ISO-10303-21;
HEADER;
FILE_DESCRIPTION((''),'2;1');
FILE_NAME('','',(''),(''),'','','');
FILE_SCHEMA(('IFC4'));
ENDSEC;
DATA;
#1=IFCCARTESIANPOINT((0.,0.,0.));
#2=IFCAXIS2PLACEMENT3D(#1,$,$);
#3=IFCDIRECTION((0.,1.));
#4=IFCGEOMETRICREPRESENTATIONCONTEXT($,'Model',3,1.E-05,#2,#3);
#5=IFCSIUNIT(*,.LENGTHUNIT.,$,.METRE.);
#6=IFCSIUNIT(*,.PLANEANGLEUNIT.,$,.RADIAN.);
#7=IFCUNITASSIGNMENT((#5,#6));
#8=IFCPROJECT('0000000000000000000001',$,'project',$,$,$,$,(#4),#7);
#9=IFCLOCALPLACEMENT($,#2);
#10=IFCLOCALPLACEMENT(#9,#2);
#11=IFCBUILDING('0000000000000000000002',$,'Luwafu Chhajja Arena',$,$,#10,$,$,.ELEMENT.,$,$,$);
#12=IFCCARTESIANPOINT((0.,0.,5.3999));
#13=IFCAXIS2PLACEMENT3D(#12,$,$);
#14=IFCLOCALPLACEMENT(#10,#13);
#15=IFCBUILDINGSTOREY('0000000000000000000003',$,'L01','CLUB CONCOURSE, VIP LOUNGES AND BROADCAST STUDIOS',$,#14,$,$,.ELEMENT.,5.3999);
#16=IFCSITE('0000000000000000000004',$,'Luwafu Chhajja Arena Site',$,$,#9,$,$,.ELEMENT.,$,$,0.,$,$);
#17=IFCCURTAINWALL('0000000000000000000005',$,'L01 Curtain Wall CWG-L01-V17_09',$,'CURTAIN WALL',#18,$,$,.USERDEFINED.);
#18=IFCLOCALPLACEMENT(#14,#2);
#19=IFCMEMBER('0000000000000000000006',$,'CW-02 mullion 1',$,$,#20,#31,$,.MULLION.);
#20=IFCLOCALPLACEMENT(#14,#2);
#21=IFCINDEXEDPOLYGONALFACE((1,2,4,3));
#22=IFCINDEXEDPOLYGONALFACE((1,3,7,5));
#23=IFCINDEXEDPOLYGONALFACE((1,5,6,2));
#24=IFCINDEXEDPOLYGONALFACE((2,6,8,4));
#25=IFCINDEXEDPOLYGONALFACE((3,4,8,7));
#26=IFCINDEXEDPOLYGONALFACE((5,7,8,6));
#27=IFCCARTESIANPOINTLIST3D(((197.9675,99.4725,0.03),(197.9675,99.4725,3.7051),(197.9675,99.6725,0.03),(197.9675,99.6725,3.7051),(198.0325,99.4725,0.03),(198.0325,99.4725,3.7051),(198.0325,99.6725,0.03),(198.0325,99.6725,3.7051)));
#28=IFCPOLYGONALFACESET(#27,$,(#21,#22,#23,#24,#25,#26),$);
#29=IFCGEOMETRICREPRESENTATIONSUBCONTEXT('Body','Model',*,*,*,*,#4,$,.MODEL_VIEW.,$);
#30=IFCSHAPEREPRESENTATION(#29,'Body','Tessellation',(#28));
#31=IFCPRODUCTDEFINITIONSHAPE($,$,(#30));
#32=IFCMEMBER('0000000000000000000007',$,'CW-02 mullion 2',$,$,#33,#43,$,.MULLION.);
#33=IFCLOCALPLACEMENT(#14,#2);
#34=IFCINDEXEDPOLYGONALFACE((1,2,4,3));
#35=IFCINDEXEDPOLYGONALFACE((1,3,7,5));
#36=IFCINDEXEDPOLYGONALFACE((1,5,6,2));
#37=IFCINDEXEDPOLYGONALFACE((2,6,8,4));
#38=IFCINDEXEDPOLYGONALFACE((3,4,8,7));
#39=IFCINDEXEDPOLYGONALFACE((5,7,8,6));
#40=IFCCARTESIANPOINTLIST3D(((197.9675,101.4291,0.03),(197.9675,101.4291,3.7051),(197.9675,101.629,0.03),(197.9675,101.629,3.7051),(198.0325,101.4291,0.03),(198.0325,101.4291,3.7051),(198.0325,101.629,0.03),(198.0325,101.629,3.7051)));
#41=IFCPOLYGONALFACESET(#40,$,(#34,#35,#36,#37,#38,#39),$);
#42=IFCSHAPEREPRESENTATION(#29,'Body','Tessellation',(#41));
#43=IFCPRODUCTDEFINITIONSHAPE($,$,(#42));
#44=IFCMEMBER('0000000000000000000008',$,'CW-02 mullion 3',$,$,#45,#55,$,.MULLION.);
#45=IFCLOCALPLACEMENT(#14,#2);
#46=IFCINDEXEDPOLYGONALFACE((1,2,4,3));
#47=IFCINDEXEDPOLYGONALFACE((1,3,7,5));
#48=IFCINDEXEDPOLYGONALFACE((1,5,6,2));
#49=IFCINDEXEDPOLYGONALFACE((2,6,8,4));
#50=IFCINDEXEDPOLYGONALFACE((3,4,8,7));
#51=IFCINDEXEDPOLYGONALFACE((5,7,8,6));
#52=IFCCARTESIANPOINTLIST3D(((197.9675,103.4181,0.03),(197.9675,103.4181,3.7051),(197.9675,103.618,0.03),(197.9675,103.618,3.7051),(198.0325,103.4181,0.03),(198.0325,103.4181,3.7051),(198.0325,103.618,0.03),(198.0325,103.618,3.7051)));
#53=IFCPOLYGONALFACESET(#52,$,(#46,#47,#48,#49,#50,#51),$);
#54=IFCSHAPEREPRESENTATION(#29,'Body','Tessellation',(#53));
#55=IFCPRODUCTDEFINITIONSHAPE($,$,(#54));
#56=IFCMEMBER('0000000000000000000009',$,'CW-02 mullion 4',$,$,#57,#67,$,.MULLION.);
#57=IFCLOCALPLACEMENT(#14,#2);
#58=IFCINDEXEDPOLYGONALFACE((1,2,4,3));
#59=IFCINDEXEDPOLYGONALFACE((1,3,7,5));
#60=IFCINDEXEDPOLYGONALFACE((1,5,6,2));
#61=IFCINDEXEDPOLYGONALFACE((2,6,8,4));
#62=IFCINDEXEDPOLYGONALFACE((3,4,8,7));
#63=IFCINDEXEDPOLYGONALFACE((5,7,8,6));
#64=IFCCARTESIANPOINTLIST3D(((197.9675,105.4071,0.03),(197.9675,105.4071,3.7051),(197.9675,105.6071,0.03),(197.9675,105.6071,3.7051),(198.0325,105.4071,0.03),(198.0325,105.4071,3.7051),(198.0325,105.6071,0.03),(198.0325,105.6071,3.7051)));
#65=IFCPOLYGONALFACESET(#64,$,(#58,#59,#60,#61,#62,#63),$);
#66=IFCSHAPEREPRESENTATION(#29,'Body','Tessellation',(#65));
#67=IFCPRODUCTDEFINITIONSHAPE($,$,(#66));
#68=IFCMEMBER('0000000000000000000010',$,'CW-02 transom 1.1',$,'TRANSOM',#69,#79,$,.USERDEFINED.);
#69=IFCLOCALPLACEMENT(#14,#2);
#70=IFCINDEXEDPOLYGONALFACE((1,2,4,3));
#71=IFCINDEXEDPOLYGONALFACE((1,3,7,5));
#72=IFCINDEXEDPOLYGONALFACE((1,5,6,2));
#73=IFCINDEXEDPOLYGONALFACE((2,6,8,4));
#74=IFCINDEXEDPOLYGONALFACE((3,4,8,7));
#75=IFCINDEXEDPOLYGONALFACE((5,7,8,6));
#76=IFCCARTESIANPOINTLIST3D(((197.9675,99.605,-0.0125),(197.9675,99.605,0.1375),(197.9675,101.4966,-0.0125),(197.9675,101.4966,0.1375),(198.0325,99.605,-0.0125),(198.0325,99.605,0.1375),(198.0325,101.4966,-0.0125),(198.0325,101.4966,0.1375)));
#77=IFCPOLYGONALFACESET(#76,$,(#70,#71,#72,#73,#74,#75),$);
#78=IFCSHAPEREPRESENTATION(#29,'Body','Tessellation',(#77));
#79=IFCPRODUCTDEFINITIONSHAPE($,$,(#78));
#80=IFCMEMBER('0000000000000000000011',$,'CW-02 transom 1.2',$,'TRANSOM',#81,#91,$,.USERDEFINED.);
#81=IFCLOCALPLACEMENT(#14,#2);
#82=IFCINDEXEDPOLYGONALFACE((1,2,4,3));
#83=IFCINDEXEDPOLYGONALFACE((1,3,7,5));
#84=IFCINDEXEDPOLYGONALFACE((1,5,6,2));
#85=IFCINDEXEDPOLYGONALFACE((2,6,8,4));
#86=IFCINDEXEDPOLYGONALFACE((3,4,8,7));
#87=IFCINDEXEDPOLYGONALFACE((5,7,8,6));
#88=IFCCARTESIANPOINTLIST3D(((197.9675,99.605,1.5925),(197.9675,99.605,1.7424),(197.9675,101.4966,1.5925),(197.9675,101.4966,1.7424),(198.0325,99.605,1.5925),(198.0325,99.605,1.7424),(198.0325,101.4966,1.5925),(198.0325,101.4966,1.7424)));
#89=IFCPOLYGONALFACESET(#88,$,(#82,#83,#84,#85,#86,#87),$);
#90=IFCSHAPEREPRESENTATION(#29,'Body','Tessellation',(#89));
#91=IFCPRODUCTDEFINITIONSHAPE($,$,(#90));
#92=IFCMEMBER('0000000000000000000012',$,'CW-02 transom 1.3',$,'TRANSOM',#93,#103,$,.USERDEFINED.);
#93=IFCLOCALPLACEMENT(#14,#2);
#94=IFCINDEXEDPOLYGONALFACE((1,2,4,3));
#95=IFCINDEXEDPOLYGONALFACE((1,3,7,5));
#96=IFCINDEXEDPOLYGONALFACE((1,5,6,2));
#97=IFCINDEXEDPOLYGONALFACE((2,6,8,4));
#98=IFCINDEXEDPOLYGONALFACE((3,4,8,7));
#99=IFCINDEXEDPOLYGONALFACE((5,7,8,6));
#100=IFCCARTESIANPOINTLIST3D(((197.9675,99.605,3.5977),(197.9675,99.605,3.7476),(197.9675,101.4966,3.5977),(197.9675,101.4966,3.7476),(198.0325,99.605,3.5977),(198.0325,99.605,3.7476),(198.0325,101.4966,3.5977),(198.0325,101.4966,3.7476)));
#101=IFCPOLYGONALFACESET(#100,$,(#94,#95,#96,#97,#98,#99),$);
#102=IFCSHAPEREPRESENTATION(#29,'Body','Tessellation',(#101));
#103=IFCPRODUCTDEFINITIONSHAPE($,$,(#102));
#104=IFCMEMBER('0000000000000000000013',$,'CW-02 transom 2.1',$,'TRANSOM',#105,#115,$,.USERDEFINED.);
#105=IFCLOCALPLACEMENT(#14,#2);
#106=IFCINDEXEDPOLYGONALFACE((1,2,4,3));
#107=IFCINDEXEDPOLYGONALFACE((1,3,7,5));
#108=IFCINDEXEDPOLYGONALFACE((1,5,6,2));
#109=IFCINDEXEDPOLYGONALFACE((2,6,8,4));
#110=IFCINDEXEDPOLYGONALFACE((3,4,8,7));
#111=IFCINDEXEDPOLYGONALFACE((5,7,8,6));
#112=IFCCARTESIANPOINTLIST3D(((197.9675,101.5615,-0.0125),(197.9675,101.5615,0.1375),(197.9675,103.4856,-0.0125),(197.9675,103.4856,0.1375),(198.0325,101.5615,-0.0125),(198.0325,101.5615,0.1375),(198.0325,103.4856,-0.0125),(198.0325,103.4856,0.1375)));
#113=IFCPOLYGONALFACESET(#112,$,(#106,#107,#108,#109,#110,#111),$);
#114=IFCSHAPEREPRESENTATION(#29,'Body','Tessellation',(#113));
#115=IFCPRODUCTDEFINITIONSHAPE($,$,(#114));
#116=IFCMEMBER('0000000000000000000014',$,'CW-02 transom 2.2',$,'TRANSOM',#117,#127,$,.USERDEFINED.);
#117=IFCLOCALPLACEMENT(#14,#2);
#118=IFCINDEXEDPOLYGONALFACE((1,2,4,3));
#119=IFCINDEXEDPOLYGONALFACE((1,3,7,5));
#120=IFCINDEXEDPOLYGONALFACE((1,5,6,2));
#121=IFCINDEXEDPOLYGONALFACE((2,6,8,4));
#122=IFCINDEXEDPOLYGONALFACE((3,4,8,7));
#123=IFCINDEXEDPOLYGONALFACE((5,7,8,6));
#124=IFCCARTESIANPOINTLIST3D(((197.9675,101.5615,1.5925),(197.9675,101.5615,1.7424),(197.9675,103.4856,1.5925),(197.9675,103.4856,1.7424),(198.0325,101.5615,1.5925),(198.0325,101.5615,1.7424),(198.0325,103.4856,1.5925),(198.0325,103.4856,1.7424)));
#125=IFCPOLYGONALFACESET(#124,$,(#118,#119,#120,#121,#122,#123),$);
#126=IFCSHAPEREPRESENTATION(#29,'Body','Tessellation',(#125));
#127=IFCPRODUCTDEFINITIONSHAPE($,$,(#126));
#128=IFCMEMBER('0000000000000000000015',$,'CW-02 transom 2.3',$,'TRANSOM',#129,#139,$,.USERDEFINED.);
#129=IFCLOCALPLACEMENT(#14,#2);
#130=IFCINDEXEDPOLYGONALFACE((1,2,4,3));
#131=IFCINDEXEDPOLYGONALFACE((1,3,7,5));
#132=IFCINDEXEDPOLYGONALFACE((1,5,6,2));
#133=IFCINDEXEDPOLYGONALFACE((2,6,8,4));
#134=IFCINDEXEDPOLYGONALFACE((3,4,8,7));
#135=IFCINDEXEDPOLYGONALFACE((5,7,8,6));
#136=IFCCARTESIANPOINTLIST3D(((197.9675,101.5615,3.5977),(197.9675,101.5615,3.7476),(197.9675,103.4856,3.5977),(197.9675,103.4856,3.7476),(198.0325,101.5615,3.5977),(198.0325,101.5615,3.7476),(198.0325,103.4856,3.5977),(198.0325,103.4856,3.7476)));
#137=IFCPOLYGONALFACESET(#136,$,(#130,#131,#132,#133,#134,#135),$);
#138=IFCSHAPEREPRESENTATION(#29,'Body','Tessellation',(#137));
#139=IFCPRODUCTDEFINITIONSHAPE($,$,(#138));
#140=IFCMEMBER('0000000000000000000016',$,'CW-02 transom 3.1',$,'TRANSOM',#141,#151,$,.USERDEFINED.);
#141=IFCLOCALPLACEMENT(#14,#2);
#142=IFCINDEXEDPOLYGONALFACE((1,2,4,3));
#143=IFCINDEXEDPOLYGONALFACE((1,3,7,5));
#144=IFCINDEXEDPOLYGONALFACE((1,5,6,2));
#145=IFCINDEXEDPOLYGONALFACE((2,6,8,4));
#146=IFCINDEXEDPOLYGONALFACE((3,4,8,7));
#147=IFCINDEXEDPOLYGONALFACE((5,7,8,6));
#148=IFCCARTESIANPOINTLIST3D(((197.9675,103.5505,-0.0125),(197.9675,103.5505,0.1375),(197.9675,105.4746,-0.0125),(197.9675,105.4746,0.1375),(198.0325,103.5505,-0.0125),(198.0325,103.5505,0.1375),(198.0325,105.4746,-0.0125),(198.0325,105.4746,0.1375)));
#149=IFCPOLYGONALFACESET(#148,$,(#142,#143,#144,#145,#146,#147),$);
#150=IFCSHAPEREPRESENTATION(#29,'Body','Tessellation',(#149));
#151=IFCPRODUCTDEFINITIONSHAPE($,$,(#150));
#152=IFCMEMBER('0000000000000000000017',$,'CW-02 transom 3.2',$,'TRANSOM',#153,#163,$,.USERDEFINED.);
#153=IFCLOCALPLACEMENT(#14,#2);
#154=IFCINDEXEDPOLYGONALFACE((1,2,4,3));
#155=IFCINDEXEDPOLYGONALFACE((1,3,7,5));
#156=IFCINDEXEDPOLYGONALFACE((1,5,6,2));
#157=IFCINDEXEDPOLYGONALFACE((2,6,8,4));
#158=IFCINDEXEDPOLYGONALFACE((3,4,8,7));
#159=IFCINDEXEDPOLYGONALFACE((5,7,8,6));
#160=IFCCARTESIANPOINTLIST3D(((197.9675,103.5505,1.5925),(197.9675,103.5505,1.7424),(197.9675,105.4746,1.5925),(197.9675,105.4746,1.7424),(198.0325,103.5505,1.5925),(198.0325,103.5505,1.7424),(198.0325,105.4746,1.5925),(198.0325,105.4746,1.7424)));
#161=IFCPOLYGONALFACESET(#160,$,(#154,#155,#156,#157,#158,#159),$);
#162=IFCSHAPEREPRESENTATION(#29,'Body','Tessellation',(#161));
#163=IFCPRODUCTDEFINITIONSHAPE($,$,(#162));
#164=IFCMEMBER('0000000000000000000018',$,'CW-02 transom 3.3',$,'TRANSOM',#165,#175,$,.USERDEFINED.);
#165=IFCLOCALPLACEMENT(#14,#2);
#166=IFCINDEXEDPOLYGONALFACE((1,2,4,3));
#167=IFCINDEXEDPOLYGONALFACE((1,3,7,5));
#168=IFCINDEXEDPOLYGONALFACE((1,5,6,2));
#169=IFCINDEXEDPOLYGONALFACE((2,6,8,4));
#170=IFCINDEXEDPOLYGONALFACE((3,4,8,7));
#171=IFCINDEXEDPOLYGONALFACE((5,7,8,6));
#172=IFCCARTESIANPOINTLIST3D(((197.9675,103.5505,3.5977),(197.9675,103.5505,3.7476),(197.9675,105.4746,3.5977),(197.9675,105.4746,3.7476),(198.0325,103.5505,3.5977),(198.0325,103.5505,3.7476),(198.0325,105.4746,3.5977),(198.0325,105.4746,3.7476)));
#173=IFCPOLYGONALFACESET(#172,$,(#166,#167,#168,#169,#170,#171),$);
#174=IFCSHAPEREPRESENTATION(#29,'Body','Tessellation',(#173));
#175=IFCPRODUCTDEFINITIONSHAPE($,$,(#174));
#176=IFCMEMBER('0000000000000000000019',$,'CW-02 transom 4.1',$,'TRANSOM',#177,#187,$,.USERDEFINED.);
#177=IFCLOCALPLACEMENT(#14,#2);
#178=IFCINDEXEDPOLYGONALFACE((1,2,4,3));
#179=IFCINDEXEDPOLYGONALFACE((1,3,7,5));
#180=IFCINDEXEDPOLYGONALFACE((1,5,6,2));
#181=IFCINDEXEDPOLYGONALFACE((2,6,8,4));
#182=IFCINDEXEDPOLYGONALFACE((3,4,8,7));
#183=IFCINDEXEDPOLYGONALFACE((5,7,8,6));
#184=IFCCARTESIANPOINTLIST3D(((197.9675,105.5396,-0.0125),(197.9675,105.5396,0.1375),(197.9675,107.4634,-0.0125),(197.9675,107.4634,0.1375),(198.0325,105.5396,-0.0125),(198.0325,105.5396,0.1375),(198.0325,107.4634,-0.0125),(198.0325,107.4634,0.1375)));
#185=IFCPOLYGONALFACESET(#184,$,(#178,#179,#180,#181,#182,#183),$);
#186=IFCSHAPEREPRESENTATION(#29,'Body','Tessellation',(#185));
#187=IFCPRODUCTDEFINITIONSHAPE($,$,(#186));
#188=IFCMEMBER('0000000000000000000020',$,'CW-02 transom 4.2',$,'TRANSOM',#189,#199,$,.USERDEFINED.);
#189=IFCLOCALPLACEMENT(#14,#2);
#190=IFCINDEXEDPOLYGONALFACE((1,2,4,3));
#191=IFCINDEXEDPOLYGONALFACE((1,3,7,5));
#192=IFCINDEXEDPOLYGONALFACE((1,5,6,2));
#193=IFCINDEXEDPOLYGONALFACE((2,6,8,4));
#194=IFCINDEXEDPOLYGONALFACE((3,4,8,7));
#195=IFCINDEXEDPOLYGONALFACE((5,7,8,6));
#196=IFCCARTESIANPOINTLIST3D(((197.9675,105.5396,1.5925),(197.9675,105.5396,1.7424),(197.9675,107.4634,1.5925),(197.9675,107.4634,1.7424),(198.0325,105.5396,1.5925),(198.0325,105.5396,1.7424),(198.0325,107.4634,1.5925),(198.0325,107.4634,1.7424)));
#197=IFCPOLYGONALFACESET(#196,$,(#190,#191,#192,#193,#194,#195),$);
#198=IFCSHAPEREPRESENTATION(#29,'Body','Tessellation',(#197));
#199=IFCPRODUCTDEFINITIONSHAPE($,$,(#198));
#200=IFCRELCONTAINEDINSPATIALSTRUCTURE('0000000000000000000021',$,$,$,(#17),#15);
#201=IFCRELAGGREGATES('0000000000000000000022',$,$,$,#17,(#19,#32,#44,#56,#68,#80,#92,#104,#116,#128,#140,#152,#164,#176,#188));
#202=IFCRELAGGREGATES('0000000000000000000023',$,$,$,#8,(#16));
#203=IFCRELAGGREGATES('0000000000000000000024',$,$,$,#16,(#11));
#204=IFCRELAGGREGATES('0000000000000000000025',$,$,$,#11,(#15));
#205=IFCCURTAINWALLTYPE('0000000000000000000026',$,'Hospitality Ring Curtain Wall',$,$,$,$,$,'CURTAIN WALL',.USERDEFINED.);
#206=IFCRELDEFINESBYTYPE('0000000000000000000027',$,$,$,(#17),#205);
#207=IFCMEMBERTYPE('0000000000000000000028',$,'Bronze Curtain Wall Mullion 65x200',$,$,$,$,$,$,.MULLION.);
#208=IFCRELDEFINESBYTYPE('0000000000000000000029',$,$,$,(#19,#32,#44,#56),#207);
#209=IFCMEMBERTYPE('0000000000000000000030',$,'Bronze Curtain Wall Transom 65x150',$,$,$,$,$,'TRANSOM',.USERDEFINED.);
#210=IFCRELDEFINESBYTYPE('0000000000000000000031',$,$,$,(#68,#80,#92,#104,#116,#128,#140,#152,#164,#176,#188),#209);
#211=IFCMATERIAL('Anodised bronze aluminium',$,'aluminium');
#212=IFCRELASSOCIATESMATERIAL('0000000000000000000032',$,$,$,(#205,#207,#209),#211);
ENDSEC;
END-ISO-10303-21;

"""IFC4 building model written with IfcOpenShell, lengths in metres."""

from ifc_helpers import new_model, si_unit, direction, frame, origin, origin_2d, place, context, subcontext, project, spatial, rectangle, extrude, material, material_profile, profile_set, type_object, element, aggregate, save


model = new_model("IFC4")

# Units and contexts
model_context = context("Model", 3, precision=1e-05, world=origin(), true_north=direction((0.0, 1.0)))
body_context = subcontext(model_context, "Body", "Model", "MODEL_VIEW")
ifc_project = project(units=[si_unit("LENGTHUNIT", "METRE"), si_unit("PLANEANGLEUNIT", "RADIAN")], contexts=[model_context])

# Site, building, storey
site_placement = place(None, origin())
site = spatial("IfcSite", under=ifc_project, at=site_placement, Name="Luwafu Chhajja Arena Site", CompositionType="ELEMENT", RefElevation=0.0)
building_placement = place(site_placement, origin())
building = spatial("IfcBuilding", under=site, at=building_placement, Name="Luwafu Chhajja Arena", CompositionType="ELEMENT")
storey_placement = place(building_placement, frame((0.0, 0.0, 5.3999)))
storey = spatial("IfcBuildingStorey", under=building, at=storey_placement, Name="L01", Description="CLUB CONCOURSE, VIP LOUNGES AND BROADCAST STUDIOS", CompositionType="ELEMENT", Elevation=5.3999)

# Curtain wall, members
ifc_material_1 = material(Name="Anodised bronze aluminium", Category="aluminium")
curtain_wall_type = type_object("IfcCurtainWallType", Name="Hospitality Ring Curtain Wall", ElementType="CURTAIN WALL", PredefinedType="USERDEFINED", material=ifc_material_1)
curtain_wall_placement = place(storey_placement, origin())
curtain_wall = element("IfcCurtainWall", 1, at=curtain_wall_placement, inside=storey, type_object=curtain_wall_type, Name="L01 Curtain Wall CWG-L01-V17_09", ObjectType="CURTAIN WALL", PredefinedType="USERDEFINED")
ifc_material_profile_1 = material_profile(ifc_material_1, rectangle(XDim=0.0649, YDim=0.2, at=origin_2d()), Name="CWM 65x200")
ifc_profile_set_1 = profile_set([ifc_material_profile_1], Name="Anodised bronze aluminium")
member_type_1 = type_object("IfcMemberType", Name="Bronze Curtain Wall Mullion 65x200", PredefinedType="MULLION", material=ifc_profile_set_1)
member_1_placement = place(storey_placement, frame((198.0, 99.5725, 0.03), z_axis=(0.0, 0.0, 1.0), x_axis=(-1.0, 0.0, 0.0)))
member_1 = element("IfcMember", 2, at=member_1_placement, type_object=member_type_1, Name="CW-02 mullion 1", PredefinedType="MULLION", context=body_context, shape_type="SweptSolid", body=[
    extrude(rectangle(XDim=0.0649, YDim=0.2, at=origin_2d()), origin(), (0.0, 0.0, 1.0), 3.675),
])
member_2_placement = place(storey_placement, frame((198.0, 101.5291, 0.03), z_axis=(0.0, 0.0, 1.0), x_axis=(-1.0, 0.0, 0.0)))
member_2 = element("IfcMember", 3, at=member_2_placement, type_object=member_type_1, Name="CW-02 mullion 2", PredefinedType="MULLION", context=body_context, shape_type="SweptSolid", body=[
    extrude(rectangle(XDim=0.0649, YDim=0.2, at=origin_2d()), origin(), (0.0, 0.0, 1.0), 3.675),
])
member_3_placement = place(storey_placement, frame((198.0, 103.5181, 0.03), z_axis=(0.0, 0.0, 1.0), x_axis=(-1.0, 0.0, 0.0)))
member_3 = element("IfcMember", 4, at=member_3_placement, type_object=member_type_1, Name="CW-02 mullion 3", PredefinedType="MULLION", context=body_context, shape_type="SweptSolid", body=[
    extrude(rectangle(XDim=0.0649, YDim=0.2, at=origin_2d()), origin(), (0.0, 0.0, 1.0), 3.675),
])
member_4_placement = place(storey_placement, frame((198.0, 105.5071, 0.03), z_axis=(0.0, 0.0, 1.0), x_axis=(-1.0, 0.0, 0.0)))
member_4 = element("IfcMember", 5, at=member_4_placement, type_object=member_type_1, Name="CW-02 mullion 4", PredefinedType="MULLION", context=body_context, shape_type="SweptSolid", body=[
    extrude(rectangle(XDim=0.0649, YDim=0.2, at=origin_2d()), origin(), (0.0, 0.0, 1.0), 3.675),
])
ifc_material_profile_2 = material_profile(ifc_material_1, rectangle(XDim=0.0649, YDim=0.1499, at=origin_2d()), Name="CWT 65x150")
ifc_profile_set_2 = profile_set([ifc_material_profile_2], Name="Anodised bronze aluminium")
member_type_2 = type_object("IfcMemberType", Name="Bronze Curtain Wall Transom 65x150", ElementType="TRANSOM", PredefinedType="USERDEFINED", material=ifc_profile_set_2)
member_5_placement = place(storey_placement, frame((198.0, 99.605, 0.0625), z_axis=(0.0, 1.0, 0.0), x_axis=(-1.0, 0.0, 0.0)))
member_5 = element("IfcMember", 6, at=member_5_placement, type_object=member_type_2, Name="CW-02 transom 1.1", ObjectType="TRANSOM", PredefinedType="USERDEFINED", context=body_context, shape_type="SweptSolid", body=[
    extrude(rectangle(XDim=0.0649, YDim=0.1499, at=origin_2d()), origin(), (0.0, 0.0, 1.0), 1.8916),
])
member_6_placement = place(storey_placement, frame((198.0, 99.605, 1.6675), z_axis=(0.0, 1.0, 0.0), x_axis=(-1.0, 0.0, 0.0)))
member_6 = element("IfcMember", 7, at=member_6_placement, type_object=member_type_2, Name="CW-02 transom 1.2", ObjectType="TRANSOM", PredefinedType="USERDEFINED", context=body_context, shape_type="SweptSolid", body=[
    extrude(rectangle(XDim=0.0649, YDim=0.1499, at=origin_2d()), origin(), (0.0, 0.0, 1.0), 1.8916),
])
member_7_placement = place(storey_placement, frame((198.0, 99.605, 3.6726), z_axis=(0.0, 1.0, 0.0), x_axis=(-1.0, 0.0, 0.0)))
member_7 = element("IfcMember", 8, at=member_7_placement, type_object=member_type_2, Name="CW-02 transom 1.3", ObjectType="TRANSOM", PredefinedType="USERDEFINED", context=body_context, shape_type="SweptSolid", body=[
    extrude(rectangle(XDim=0.0649, YDim=0.1499, at=origin_2d()), origin(), (0.0, 0.0, 1.0), 1.8916),
])
member_8_placement = place(storey_placement, frame((198.0, 101.5615, 0.0625), z_axis=(0.0, 1.0, 0.0), x_axis=(-1.0, 0.0, 0.0)))
member_8 = element("IfcMember", 9, at=member_8_placement, type_object=member_type_2, Name="CW-02 transom 2.1", ObjectType="TRANSOM", PredefinedType="USERDEFINED", context=body_context, shape_type="SweptSolid", body=[
    extrude(rectangle(XDim=0.0649, YDim=0.1499, at=origin_2d()), origin(), (0.0, 0.0, 1.0), 1.9241),
])
member_9_placement = place(storey_placement, frame((198.0, 101.5615, 1.6675), z_axis=(0.0, 1.0, 0.0), x_axis=(-1.0, 0.0, 0.0)))
member_9 = element("IfcMember", 10, at=member_9_placement, type_object=member_type_2, Name="CW-02 transom 2.2", ObjectType="TRANSOM", PredefinedType="USERDEFINED", context=body_context, shape_type="SweptSolid", body=[
    extrude(rectangle(XDim=0.0649, YDim=0.1499, at=origin_2d()), origin(), (0.0, 0.0, 1.0), 1.9241),
])
member_10_placement = place(storey_placement, frame((198.0, 101.5615, 3.6726), z_axis=(0.0, 1.0, 0.0), x_axis=(-1.0, 0.0, 0.0)))
member_10 = element("IfcMember", 11, at=member_10_placement, type_object=member_type_2, Name="CW-02 transom 2.3", ObjectType="TRANSOM", PredefinedType="USERDEFINED", context=body_context, shape_type="SweptSolid", body=[
    extrude(rectangle(XDim=0.0649, YDim=0.1499, at=origin_2d()), origin(), (0.0, 0.0, 1.0), 1.9241),
])
member_11_placement = place(storey_placement, frame((198.0, 103.5505, 0.0625), z_axis=(0.0, 1.0, 0.0), x_axis=(-1.0, 0.0, 0.0)))
member_11 = element("IfcMember", 12, at=member_11_placement, type_object=member_type_2, Name="CW-02 transom 3.1", ObjectType="TRANSOM", PredefinedType="USERDEFINED", context=body_context, shape_type="SweptSolid", body=[
    extrude(rectangle(XDim=0.0649, YDim=0.1499, at=origin_2d()), origin(), (0.0, 0.0, 1.0), 1.9241),
])
member_12_placement = place(storey_placement, frame((198.0, 103.5505, 1.6675), z_axis=(0.0, 1.0, 0.0), x_axis=(-1.0, 0.0, 0.0)))
member_12 = element("IfcMember", 13, at=member_12_placement, type_object=member_type_2, Name="CW-02 transom 3.2", ObjectType="TRANSOM", PredefinedType="USERDEFINED", context=body_context, shape_type="SweptSolid", body=[
    extrude(rectangle(XDim=0.0649, YDim=0.1499, at=origin_2d()), origin(), (0.0, 0.0, 1.0), 1.9241),
])
member_13_placement = place(storey_placement, frame((198.0, 103.5505, 3.6726), z_axis=(0.0, 1.0, 0.0), x_axis=(-1.0, 0.0, 0.0)))
member_13 = element("IfcMember", 14, at=member_13_placement, type_object=member_type_2, Name="CW-02 transom 3.3", ObjectType="TRANSOM", PredefinedType="USERDEFINED", context=body_context, shape_type="SweptSolid", body=[
    extrude(rectangle(XDim=0.0649, YDim=0.1499, at=origin_2d()), origin(), (0.0, 0.0, 1.0), 1.9241),
])
member_14_placement = place(storey_placement, frame((198.0, 105.5396, 0.0625), z_axis=(0.0, 1.0, 0.0), x_axis=(-1.0, 0.0, 0.0)))
member_14 = element("IfcMember", 15, at=member_14_placement, type_object=member_type_2, Name="CW-02 transom 4.1", ObjectType="TRANSOM", PredefinedType="USERDEFINED", context=body_context, shape_type="SweptSolid", body=[
    extrude(rectangle(XDim=0.0649, YDim=0.1499, at=origin_2d()), origin(), (0.0, 0.0, 1.0), 1.9238),
])
member_15_placement = place(storey_placement, frame((198.0, 105.5396, 1.6675), z_axis=(0.0, 1.0, 0.0), x_axis=(-1.0, 0.0, 0.0)))
member_15 = element("IfcMember", 16, at=member_15_placement, type_object=member_type_2, Name="CW-02 transom 4.2", ObjectType="TRANSOM", PredefinedType="USERDEFINED", context=body_context, shape_type="SweptSolid", body=[
    extrude(rectangle(XDim=0.0649, YDim=0.1499, at=origin_2d()), origin(), (0.0, 0.0, 1.0), 1.9238),
])
aggregate(curtain_wall, [member_1, member_2, member_3, member_4, member_5, member_6, member_7, member_8, member_9, member_10, member_11, member_12, member_13, member_14, member_15])

save(model, "model.ifc")
